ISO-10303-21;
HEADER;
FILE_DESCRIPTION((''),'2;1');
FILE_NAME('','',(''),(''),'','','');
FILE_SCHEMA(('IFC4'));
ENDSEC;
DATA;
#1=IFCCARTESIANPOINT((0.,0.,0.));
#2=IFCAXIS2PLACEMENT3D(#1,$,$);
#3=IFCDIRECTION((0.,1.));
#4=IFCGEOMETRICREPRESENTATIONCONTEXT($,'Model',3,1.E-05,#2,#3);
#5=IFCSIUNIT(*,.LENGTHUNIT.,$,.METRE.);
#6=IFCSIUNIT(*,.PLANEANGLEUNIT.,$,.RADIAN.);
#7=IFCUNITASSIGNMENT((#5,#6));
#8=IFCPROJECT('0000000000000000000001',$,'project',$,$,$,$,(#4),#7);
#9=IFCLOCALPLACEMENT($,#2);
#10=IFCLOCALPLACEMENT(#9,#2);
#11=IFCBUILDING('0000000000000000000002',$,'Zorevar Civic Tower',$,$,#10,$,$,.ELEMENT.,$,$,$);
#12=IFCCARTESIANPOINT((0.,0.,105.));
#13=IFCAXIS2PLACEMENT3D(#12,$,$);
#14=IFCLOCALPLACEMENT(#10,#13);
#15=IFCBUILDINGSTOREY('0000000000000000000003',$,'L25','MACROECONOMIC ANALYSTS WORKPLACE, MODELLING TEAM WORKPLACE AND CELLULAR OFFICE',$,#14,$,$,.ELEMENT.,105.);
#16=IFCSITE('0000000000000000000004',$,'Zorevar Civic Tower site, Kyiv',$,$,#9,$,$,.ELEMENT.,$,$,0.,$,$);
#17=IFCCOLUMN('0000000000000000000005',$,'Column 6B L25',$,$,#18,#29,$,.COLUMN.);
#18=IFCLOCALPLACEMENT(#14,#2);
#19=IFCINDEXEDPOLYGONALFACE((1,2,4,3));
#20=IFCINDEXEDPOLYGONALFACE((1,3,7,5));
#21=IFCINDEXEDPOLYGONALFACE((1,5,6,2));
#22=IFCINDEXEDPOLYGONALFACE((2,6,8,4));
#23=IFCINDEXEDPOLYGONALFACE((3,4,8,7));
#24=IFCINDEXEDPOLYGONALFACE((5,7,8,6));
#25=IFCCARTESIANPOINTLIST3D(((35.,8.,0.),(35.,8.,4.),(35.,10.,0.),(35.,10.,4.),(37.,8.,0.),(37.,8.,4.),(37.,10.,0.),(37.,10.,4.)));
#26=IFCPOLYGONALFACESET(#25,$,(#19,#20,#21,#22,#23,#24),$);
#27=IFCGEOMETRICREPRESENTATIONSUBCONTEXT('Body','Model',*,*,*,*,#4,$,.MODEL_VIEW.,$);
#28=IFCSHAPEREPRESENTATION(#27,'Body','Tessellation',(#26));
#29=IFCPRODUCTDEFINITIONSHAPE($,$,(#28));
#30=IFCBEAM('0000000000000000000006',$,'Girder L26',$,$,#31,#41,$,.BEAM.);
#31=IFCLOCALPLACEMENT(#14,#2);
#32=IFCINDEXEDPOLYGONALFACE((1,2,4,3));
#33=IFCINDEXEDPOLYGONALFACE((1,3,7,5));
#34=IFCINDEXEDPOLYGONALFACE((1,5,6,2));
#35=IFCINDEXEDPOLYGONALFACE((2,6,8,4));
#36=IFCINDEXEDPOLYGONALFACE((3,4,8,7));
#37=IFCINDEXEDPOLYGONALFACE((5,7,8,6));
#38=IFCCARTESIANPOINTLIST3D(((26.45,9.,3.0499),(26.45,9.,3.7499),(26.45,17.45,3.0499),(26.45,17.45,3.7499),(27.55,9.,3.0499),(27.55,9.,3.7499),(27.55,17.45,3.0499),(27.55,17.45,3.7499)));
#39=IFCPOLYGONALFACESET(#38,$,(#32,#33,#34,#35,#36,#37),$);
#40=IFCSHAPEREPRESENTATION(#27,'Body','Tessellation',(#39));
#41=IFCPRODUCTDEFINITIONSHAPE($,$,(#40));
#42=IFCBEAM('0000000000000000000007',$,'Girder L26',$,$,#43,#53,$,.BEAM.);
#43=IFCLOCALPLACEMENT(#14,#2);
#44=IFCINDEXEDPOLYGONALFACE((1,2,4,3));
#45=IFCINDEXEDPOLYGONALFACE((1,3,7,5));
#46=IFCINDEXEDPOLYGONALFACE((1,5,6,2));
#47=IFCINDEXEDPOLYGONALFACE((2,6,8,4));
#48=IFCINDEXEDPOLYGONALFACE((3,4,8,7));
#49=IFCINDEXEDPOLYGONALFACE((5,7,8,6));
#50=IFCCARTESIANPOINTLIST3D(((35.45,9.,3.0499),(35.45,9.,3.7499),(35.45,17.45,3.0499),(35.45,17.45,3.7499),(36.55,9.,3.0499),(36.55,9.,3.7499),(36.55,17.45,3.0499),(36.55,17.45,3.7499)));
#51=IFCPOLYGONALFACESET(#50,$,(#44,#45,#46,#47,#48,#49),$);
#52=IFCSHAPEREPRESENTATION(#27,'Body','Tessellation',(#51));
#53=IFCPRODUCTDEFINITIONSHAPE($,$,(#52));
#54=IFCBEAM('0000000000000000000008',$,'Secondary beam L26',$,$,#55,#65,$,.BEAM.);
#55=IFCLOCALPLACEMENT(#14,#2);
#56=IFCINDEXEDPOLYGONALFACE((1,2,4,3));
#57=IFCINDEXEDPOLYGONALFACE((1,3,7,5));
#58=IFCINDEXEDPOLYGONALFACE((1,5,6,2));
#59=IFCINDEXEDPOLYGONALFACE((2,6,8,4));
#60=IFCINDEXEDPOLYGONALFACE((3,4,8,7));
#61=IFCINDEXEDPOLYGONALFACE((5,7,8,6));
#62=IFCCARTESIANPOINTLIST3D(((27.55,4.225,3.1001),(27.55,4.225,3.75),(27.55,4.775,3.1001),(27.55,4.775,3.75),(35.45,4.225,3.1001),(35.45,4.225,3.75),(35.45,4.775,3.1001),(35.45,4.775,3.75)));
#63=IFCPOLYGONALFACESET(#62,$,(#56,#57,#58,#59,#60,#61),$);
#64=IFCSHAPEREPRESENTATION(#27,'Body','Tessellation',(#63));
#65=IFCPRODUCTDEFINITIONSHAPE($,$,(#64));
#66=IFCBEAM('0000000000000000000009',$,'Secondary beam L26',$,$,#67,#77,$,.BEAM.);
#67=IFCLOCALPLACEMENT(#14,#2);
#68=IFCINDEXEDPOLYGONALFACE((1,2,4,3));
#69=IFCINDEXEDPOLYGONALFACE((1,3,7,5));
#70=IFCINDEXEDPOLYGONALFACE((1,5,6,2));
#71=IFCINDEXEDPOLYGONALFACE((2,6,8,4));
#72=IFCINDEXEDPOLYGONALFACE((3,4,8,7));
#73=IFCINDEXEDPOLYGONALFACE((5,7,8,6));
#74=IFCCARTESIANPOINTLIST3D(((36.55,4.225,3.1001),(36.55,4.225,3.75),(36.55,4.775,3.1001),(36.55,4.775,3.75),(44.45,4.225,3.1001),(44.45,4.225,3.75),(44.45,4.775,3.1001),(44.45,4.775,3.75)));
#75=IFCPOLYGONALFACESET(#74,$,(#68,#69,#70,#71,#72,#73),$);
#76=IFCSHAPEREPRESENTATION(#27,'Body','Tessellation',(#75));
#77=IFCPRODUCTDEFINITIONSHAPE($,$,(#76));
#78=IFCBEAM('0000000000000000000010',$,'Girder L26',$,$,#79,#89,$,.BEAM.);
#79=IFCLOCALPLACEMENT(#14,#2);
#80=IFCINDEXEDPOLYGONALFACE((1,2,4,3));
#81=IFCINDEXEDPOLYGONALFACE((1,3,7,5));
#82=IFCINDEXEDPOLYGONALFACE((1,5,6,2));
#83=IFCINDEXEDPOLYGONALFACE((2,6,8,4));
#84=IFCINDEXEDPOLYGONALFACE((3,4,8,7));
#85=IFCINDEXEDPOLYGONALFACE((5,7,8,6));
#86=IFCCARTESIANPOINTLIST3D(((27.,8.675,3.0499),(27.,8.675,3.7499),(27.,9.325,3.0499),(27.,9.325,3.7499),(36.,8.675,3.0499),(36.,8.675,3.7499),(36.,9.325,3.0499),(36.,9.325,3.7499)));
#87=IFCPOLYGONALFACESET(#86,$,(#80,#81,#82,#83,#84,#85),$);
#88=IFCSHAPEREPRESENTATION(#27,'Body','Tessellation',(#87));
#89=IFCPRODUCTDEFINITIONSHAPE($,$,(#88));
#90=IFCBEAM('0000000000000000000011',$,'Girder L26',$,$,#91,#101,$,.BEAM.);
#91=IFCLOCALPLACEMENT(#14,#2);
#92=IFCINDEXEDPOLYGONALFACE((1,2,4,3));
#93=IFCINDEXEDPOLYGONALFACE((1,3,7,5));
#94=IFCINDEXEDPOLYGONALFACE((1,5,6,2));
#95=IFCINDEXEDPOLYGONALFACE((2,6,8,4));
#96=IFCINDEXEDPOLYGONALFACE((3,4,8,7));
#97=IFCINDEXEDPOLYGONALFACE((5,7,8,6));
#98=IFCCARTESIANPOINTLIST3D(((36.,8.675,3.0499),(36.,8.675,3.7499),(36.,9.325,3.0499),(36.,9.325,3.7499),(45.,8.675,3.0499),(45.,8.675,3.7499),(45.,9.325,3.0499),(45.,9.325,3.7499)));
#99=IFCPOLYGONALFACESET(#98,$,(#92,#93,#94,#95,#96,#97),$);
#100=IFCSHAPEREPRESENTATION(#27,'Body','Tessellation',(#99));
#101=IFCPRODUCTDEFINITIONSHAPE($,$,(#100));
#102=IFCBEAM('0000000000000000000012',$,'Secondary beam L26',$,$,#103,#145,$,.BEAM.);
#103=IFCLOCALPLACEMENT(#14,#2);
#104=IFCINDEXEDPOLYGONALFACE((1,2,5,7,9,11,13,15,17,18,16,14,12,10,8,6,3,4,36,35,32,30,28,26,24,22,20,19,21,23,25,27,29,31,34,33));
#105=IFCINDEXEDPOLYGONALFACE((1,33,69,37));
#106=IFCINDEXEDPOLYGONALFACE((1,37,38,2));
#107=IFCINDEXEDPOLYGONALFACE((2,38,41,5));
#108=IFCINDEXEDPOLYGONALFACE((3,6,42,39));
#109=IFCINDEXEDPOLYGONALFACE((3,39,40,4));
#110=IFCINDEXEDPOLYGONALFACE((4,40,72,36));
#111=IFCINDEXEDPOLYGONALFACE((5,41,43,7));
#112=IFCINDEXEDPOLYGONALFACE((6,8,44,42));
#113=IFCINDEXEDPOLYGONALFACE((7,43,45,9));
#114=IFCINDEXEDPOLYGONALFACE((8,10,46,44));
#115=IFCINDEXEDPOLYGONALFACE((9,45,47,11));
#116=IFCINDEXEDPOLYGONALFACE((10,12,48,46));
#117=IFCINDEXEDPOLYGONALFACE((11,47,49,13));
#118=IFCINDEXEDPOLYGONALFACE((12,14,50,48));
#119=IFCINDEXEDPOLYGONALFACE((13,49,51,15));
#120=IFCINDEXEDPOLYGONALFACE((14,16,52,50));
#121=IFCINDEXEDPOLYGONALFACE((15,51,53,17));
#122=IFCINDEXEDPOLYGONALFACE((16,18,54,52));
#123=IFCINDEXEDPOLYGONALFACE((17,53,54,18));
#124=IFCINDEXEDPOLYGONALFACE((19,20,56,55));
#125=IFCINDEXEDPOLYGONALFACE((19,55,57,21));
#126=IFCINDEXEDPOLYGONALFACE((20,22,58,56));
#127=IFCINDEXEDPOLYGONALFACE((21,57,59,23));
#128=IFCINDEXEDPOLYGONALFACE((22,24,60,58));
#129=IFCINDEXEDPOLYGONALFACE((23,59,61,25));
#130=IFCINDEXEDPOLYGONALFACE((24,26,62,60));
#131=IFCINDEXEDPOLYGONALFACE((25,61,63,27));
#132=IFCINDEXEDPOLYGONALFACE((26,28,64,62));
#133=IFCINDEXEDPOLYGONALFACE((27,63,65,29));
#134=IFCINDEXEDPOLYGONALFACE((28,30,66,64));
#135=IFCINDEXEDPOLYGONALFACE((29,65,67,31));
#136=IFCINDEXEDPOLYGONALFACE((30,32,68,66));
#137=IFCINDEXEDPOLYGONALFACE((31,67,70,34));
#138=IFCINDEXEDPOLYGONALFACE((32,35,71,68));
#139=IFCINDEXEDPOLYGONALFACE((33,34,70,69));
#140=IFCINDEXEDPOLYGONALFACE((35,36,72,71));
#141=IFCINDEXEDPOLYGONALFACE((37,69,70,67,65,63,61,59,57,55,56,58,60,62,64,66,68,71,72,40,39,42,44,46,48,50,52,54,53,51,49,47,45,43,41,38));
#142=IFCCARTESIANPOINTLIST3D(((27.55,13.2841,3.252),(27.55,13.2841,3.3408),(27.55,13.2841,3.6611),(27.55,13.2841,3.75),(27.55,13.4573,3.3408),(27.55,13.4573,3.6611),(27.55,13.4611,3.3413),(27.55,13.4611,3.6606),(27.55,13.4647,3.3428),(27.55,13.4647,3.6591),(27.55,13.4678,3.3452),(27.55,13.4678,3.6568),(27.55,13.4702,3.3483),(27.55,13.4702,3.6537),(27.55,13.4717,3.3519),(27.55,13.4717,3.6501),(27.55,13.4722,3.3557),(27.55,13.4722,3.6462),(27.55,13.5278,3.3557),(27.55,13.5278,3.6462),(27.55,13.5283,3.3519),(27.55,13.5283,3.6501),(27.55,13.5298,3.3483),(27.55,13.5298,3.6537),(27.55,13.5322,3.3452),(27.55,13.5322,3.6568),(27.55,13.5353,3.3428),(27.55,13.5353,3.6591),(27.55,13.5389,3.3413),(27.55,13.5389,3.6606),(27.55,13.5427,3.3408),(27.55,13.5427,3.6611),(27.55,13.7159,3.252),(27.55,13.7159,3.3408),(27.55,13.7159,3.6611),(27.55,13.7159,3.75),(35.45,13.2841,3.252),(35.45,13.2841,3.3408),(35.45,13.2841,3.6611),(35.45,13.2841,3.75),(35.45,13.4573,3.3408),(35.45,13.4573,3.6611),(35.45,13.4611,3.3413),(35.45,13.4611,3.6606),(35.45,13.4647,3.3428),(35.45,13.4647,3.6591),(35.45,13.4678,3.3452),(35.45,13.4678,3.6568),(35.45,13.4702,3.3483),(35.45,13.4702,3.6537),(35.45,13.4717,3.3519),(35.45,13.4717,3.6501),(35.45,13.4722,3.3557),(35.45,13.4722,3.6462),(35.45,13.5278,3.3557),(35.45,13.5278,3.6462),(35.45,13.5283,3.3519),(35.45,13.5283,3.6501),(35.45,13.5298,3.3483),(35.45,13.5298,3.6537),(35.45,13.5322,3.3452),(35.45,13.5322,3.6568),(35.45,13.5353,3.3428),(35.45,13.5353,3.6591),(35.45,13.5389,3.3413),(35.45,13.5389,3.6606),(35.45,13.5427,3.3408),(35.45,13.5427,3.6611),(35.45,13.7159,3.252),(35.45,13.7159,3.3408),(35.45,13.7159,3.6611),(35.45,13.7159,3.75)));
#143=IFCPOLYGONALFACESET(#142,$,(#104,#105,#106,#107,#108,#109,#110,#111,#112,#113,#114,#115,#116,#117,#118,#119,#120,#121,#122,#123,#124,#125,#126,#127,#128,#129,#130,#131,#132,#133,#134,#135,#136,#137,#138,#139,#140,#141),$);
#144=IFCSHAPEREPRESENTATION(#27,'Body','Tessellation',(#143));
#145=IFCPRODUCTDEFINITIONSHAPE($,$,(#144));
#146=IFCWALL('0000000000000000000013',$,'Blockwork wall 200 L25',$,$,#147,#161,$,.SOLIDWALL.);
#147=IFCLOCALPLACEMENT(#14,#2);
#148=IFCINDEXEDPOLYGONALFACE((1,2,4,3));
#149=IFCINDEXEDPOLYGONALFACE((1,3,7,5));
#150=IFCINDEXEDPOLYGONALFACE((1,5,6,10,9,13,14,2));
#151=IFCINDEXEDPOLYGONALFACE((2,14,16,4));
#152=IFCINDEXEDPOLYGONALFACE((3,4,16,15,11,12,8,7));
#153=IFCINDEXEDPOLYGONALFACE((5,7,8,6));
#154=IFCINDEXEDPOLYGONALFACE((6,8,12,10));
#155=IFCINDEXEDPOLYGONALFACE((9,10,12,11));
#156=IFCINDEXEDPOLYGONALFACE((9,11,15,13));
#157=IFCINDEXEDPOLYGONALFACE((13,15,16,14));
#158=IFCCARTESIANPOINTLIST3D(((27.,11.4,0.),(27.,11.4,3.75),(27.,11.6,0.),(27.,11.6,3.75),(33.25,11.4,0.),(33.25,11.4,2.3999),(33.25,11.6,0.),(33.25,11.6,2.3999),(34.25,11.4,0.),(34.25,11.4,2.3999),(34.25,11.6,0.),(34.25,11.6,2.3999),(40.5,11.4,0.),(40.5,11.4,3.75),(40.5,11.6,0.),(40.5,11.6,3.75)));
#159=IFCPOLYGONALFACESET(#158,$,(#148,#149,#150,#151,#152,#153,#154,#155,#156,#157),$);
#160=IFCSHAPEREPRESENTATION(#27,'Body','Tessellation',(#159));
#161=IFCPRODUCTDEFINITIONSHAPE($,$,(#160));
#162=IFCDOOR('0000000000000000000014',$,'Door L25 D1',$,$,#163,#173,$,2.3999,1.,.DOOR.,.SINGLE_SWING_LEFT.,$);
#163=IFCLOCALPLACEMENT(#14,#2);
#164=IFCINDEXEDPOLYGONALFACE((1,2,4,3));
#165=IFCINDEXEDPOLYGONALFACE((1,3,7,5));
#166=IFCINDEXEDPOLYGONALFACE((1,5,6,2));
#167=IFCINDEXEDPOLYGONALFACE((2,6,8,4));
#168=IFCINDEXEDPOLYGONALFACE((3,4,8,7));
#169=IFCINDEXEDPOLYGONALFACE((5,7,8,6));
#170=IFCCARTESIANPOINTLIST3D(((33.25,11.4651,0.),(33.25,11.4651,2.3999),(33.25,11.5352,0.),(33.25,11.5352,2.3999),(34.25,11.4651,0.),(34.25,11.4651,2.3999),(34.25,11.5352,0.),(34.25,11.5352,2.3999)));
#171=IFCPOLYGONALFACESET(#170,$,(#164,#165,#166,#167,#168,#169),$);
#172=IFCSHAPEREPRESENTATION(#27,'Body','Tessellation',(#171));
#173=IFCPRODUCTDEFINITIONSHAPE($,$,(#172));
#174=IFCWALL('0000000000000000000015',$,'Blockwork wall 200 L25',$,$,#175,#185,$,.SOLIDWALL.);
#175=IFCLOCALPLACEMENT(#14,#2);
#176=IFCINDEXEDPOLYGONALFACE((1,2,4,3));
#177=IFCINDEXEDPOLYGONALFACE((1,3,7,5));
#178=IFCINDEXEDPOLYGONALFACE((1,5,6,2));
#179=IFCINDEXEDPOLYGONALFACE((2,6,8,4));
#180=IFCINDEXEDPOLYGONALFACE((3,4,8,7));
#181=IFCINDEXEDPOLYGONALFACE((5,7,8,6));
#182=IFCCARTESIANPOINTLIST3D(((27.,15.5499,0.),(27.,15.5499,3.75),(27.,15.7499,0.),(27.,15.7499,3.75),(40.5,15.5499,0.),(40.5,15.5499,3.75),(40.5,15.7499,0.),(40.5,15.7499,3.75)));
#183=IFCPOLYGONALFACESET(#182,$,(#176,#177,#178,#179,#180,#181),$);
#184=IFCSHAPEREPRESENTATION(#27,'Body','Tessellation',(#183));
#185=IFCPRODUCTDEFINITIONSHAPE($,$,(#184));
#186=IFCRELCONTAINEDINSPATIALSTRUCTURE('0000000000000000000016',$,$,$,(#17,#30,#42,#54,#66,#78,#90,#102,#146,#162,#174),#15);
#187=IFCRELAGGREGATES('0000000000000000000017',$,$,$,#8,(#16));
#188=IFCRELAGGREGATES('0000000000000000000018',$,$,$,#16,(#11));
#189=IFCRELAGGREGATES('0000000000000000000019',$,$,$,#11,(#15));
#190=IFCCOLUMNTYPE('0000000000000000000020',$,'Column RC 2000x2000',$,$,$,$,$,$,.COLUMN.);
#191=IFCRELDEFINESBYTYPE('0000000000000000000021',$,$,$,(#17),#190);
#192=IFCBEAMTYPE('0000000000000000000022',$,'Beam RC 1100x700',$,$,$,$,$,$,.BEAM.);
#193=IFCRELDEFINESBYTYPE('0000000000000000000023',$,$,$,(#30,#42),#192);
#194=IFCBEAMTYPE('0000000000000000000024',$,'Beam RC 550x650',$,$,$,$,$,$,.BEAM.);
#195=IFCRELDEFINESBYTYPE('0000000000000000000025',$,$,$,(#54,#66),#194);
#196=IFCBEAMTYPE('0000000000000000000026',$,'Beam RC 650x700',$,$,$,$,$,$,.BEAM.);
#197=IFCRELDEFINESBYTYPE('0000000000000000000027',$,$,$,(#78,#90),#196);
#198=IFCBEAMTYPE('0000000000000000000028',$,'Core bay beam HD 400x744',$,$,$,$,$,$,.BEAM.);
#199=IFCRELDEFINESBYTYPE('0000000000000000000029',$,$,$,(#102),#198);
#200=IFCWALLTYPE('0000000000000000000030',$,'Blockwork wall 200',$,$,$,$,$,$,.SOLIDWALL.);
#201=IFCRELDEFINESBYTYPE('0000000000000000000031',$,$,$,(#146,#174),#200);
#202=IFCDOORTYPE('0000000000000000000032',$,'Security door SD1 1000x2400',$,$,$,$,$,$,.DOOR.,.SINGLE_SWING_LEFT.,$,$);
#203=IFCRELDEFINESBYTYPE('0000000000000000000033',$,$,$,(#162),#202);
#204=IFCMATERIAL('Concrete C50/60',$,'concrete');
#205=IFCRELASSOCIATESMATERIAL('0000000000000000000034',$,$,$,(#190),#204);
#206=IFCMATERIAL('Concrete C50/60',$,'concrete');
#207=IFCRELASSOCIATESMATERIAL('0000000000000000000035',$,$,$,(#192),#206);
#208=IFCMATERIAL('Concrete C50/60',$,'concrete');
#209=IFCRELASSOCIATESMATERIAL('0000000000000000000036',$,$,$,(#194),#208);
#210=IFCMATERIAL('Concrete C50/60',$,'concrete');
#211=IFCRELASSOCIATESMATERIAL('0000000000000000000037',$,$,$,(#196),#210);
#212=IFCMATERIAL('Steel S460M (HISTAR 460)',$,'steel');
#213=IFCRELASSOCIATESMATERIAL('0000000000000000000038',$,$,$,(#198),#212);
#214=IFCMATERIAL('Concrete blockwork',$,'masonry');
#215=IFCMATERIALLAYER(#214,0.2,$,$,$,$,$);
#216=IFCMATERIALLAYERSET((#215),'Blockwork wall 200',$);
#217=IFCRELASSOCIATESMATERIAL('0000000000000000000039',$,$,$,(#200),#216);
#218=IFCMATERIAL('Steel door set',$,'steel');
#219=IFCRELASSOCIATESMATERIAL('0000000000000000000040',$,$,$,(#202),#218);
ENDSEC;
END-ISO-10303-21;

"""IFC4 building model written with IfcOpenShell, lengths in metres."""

from ifc_helpers import new_model, si_unit, direction, frame, frame_2d, origin, origin_2d, place, context, subcontext, project, spatial, rectangle, i_section, extrude, material, layer, layer_set, material_profile, profile_set, type_object, element, fill, save


model = new_model("IFC4")

# Units and contexts
model_context = context("Model", 3, precision=1e-05, world=origin(), true_north=direction((0.0, 1.0)))
body_context = subcontext(model_context, "Body", "Model", "MODEL_VIEW")
ifc_project = project(units=[si_unit("LENGTHUNIT", "METRE"), si_unit("PLANEANGLEUNIT", "RADIAN")], contexts=[model_context])

# Site, building, storey
site_placement = place(None, origin())
site = spatial("IfcSite", under=ifc_project, at=site_placement, Name="Zorevar Civic Tower site, Kyiv", CompositionType="ELEMENT", RefElevation=0.0)
building_placement = place(site_placement, origin())
building = spatial("IfcBuilding", under=site, at=building_placement, Name="Zorevar Civic Tower", CompositionType="ELEMENT")
storey_placement = place(building_placement, frame((0.0, 0.0, 105.0)))
storey = spatial("IfcBuildingStorey", under=building, at=storey_placement, Name="L25", Description="MACROECONOMIC ANALYSTS WORKPLACE, MODELLING TEAM WORKPLACE AND CELLULAR OFFICE", CompositionType="ELEMENT", Elevation=105.0)

# Column
ifc_material_1 = material(Name="Concrete C50/60", Category="concrete")
ifc_material_profile_1 = material_profile(ifc_material_1, rectangle(XDim=2.0, YDim=2.0, at=origin_2d()), Name="RC 2000x2000")
ifc_profile_set_1 = profile_set([ifc_material_profile_1], Name="Concrete C50/60")
column_type = type_object("IfcColumnType", Name="Column RC 2000x2000", PredefinedType="COLUMN", material=ifc_profile_set_1)
column_placement = place(storey_placement, frame((36.0, 9.0, 0.0), z_axis=(0.0, 0.0, 1.0), x_axis=(1.0, 0.0, 0.0)))
element("IfcColumn", 1, at=column_placement, inside=storey, type_object=column_type, Name="Column 6B L25", PredefinedType="COLUMN", context=body_context, shape_type="SweptSolid", body=[
    extrude(rectangle(XDim=2.0, YDim=2.0, at=origin_2d()), origin(), (0.0, 0.0, 1.0), 4.0),
])

# Beams
ifc_material_2 = material(Name="Concrete C50/60", Category="concrete")
ifc_material_profile_2 = material_profile(ifc_material_2, rectangle(XDim=1.1001, YDim=0.7, at=origin_2d()), Name="RC 1100x700")
ifc_profile_set_2 = profile_set([ifc_material_profile_2], Name="Concrete C50/60")
beam_type_1 = type_object("IfcBeamType", Name="Beam RC 1100x700", PredefinedType="BEAM", material=ifc_profile_set_2)
for number, where, z_axis, x_axis, name in (
    (2, (27.0, 9.0, 3.3999), (0.0, 1.0, 0.0), (-1.0, 0.0, 0.0), "Girder L26"),
    (3, (36.0, 9.0, 3.3999), (0.0, 1.0, 0.0), (-1.0, 0.0, 0.0), "Girder L26"),
):
    element("IfcBeam", number, at=place(storey_placement, frame(where, z_axis=z_axis, x_axis=x_axis)), inside=storey, type_object=beam_type_1, Name=name, PredefinedType="BEAM", context=body_context, shape_type="SweptSolid", body=[
        extrude(rectangle(XDim=1.1001, YDim=0.7, at=origin_2d()), origin(), (0.0, 0.0, 1.0), 8.45),
    ])
ifc_material_3 = material(Name="Concrete C50/60", Category="concrete")
ifc_material_profile_3 = material_profile(ifc_material_3, rectangle(XDim=0.55, YDim=0.6499, at=origin_2d()), Name="RC 550x650")
ifc_profile_set_3 = profile_set([ifc_material_profile_3], Name="Concrete C50/60")
beam_type_2 = type_object("IfcBeamType", Name="Beam RC 550x650", PredefinedType="BEAM", material=ifc_profile_set_3)
for number, where, z_axis, x_axis, name in (
    (4, (27.55, 4.5, 3.425), (1.0, 0.0, 0.0), (0.0, 1.0, 0.0), "Secondary beam L26"),
    (5, (36.55, 4.5, 3.425), (1.0, 0.0, 0.0), (0.0, 1.0, 0.0), "Secondary beam L26"),
):
    element("IfcBeam", number, at=place(storey_placement, frame(where, z_axis=z_axis, x_axis=x_axis)), inside=storey, type_object=beam_type_2, Name=name, PredefinedType="BEAM", context=body_context, shape_type="SweptSolid", body=[
        extrude(rectangle(XDim=0.55, YDim=0.6499, at=origin_2d()), origin(), (0.0, 0.0, 1.0), 7.8999),
    ])
ifc_material_4 = material(Name="Concrete C50/60", Category="concrete")
ifc_material_profile_4 = material_profile(ifc_material_4, rectangle(XDim=0.6499, YDim=0.7, at=origin_2d()), Name="RC 650x700")
ifc_profile_set_4 = profile_set([ifc_material_profile_4], Name="Concrete C50/60")
beam_type_3 = type_object("IfcBeamType", Name="Beam RC 650x700", PredefinedType="BEAM", material=ifc_profile_set_4)
for number, where, z_axis, x_axis, name in (
    (6, (27.0, 9.0, 3.3999), (1.0, 0.0, 0.0), (0.0, 1.0, 0.0), "Girder L26"),
    (7, (36.0, 9.0, 3.3999), (1.0, 0.0, 0.0), (0.0, 1.0, 0.0), "Girder L26"),
):
    element("IfcBeam", number, at=place(storey_placement, frame(where, z_axis=z_axis, x_axis=x_axis)), inside=storey, type_object=beam_type_3, Name=name, PredefinedType="BEAM", context=body_context, shape_type="SweptSolid", body=[
        extrude(rectangle(XDim=0.6499, YDim=0.7, at=origin_2d()), origin(), (0.0, 0.0, 1.0), 9.0),
    ])
ifc_material_5 = material(Name="Steel S460M (HISTAR 460)", Category="steel")
ifc_material_profile_5 = material_profile(ifc_material_5, i_section(OverallWidth=0.4319, OverallDepth=0.498, WebThickness=0.0557, FlangeThickness=0.0889, FilletRadius=0.0149, at=origin_2d()), Name="HD 400x744")
ifc_profile_set_5 = profile_set([ifc_material_profile_5], Name="Steel S460M (HISTAR 460)")
beam_type_4 = type_object("IfcBeamType", Name="Core bay beam HD 400x744", PredefinedType="BEAM", material=ifc_profile_set_5)
beam_placement = place(storey_placement, frame((27.55, 13.5, 3.501), z_axis=(1.0, 0.0, 0.0), x_axis=(0.0, 1.0, 0.0)))
element("IfcBeam", 8, at=beam_placement, inside=storey, type_object=beam_type_4, Name="Secondary beam L26", PredefinedType="BEAM", context=body_context, shape_type="SweptSolid", body=[
    extrude(i_section(OverallWidth=0.4319, OverallDepth=0.498, WebThickness=0.0557, FlangeThickness=0.0889, FilletRadius=0.0149, at=origin_2d()), origin(), (0.0, 0.0, 1.0), 7.8999),
])

# Wall, opening, door
ifc_material_6 = material(Name="Concrete blockwork", Category="masonry")
ifc_layer_1 = layer(ifc_material_6, 0.2)
ifc_layer_set_1 = layer_set([ifc_layer_1], Name="Blockwork wall 200")
wall_type_1 = type_object("IfcWallType", Name="Blockwork wall 200", PredefinedType="SOLIDWALL", material=ifc_layer_set_1)
wall_1_placement = place(storey_placement, frame((27.0, 11.5, 0.0), z_axis=(0.0, 0.0, 1.0), x_axis=(1.0, 0.0, 0.0)))
wall_1 = element("IfcWall", 9, at=wall_1_placement, inside=storey, type_object=wall_type_1, Name="Blockwork wall 200 L25", PredefinedType="SOLIDWALL", context=body_context, shape_type="SweptSolid", body=[
    extrude(rectangle(XDim=13.5, YDim=0.2, at=frame_2d((6.75, 0.0))), origin(), (0.0, 0.0, 1.0), 3.75),
])
opening_1_placement = place(wall_1_placement, frame((6.25, 0.0, 0.0)))
opening_1 = element("IfcOpeningElement", 10, at=opening_1_placement, cuts=wall_1, PredefinedType="OPENING", context=body_context, shape_type="SweptSolid", body=[
    extrude(rectangle(XDim=1.0, YDim=2.3999, at=frame_2d((0.5, 1.2))), frame((0.0, 0.1099, 0.0), z_axis=(0.0, -1.0, 0.0), x_axis=(1.0, 0.0, 0.0)), (0.0, 0.0, 1.0), 0.22),
])
ifc_material_7 = material(Name="Steel door set", Category="steel")
door_type_1 = type_object("IfcDoorType", Name="Security door SD1 1000x2400", OperationType="SINGLE_SWING_LEFT", PredefinedType="DOOR", material=ifc_material_7)
door_1_placement = place(opening_1_placement, origin())
door_1 = element("IfcDoor", 11, at=door_1_placement, inside=storey, type_object=door_type_1, Name="Door L25 D1", OperationType="SINGLE_SWING_LEFT", OverallHeight=2.3999, OverallWidth=1.0, PredefinedType="DOOR", context=body_context, shape_type="SweptSolid", body=[
    extrude(rectangle(XDim=1.0, YDim=2.3999, at=frame_2d((0.5, 1.2))), frame((0.0, 0.0352, 0.0), z_axis=(0.0, -1.0, 0.0), x_axis=(1.0, 0.0, 0.0)), (0.0, 0.0, 1.0), 0.0701),
])
fill(opening_1, door_1)

# Wall
wall_2_placement = place(storey_placement, frame((27.0, 15.6499, 0.0), z_axis=(0.0, 0.0, 1.0), x_axis=(1.0, 0.0, 0.0)))
element("IfcWall", 12, at=wall_2_placement, inside=storey, type_object=wall_type_1, Name="Blockwork wall 200 L25", PredefinedType="SOLIDWALL", context=body_context, shape_type="SweptSolid", body=[
    extrude(rectangle(XDim=13.5, YDim=0.2, at=frame_2d((6.75, 0.0))), origin(), (0.0, 0.0, 1.0), 3.75),
])

save(model, "model.ifc")
